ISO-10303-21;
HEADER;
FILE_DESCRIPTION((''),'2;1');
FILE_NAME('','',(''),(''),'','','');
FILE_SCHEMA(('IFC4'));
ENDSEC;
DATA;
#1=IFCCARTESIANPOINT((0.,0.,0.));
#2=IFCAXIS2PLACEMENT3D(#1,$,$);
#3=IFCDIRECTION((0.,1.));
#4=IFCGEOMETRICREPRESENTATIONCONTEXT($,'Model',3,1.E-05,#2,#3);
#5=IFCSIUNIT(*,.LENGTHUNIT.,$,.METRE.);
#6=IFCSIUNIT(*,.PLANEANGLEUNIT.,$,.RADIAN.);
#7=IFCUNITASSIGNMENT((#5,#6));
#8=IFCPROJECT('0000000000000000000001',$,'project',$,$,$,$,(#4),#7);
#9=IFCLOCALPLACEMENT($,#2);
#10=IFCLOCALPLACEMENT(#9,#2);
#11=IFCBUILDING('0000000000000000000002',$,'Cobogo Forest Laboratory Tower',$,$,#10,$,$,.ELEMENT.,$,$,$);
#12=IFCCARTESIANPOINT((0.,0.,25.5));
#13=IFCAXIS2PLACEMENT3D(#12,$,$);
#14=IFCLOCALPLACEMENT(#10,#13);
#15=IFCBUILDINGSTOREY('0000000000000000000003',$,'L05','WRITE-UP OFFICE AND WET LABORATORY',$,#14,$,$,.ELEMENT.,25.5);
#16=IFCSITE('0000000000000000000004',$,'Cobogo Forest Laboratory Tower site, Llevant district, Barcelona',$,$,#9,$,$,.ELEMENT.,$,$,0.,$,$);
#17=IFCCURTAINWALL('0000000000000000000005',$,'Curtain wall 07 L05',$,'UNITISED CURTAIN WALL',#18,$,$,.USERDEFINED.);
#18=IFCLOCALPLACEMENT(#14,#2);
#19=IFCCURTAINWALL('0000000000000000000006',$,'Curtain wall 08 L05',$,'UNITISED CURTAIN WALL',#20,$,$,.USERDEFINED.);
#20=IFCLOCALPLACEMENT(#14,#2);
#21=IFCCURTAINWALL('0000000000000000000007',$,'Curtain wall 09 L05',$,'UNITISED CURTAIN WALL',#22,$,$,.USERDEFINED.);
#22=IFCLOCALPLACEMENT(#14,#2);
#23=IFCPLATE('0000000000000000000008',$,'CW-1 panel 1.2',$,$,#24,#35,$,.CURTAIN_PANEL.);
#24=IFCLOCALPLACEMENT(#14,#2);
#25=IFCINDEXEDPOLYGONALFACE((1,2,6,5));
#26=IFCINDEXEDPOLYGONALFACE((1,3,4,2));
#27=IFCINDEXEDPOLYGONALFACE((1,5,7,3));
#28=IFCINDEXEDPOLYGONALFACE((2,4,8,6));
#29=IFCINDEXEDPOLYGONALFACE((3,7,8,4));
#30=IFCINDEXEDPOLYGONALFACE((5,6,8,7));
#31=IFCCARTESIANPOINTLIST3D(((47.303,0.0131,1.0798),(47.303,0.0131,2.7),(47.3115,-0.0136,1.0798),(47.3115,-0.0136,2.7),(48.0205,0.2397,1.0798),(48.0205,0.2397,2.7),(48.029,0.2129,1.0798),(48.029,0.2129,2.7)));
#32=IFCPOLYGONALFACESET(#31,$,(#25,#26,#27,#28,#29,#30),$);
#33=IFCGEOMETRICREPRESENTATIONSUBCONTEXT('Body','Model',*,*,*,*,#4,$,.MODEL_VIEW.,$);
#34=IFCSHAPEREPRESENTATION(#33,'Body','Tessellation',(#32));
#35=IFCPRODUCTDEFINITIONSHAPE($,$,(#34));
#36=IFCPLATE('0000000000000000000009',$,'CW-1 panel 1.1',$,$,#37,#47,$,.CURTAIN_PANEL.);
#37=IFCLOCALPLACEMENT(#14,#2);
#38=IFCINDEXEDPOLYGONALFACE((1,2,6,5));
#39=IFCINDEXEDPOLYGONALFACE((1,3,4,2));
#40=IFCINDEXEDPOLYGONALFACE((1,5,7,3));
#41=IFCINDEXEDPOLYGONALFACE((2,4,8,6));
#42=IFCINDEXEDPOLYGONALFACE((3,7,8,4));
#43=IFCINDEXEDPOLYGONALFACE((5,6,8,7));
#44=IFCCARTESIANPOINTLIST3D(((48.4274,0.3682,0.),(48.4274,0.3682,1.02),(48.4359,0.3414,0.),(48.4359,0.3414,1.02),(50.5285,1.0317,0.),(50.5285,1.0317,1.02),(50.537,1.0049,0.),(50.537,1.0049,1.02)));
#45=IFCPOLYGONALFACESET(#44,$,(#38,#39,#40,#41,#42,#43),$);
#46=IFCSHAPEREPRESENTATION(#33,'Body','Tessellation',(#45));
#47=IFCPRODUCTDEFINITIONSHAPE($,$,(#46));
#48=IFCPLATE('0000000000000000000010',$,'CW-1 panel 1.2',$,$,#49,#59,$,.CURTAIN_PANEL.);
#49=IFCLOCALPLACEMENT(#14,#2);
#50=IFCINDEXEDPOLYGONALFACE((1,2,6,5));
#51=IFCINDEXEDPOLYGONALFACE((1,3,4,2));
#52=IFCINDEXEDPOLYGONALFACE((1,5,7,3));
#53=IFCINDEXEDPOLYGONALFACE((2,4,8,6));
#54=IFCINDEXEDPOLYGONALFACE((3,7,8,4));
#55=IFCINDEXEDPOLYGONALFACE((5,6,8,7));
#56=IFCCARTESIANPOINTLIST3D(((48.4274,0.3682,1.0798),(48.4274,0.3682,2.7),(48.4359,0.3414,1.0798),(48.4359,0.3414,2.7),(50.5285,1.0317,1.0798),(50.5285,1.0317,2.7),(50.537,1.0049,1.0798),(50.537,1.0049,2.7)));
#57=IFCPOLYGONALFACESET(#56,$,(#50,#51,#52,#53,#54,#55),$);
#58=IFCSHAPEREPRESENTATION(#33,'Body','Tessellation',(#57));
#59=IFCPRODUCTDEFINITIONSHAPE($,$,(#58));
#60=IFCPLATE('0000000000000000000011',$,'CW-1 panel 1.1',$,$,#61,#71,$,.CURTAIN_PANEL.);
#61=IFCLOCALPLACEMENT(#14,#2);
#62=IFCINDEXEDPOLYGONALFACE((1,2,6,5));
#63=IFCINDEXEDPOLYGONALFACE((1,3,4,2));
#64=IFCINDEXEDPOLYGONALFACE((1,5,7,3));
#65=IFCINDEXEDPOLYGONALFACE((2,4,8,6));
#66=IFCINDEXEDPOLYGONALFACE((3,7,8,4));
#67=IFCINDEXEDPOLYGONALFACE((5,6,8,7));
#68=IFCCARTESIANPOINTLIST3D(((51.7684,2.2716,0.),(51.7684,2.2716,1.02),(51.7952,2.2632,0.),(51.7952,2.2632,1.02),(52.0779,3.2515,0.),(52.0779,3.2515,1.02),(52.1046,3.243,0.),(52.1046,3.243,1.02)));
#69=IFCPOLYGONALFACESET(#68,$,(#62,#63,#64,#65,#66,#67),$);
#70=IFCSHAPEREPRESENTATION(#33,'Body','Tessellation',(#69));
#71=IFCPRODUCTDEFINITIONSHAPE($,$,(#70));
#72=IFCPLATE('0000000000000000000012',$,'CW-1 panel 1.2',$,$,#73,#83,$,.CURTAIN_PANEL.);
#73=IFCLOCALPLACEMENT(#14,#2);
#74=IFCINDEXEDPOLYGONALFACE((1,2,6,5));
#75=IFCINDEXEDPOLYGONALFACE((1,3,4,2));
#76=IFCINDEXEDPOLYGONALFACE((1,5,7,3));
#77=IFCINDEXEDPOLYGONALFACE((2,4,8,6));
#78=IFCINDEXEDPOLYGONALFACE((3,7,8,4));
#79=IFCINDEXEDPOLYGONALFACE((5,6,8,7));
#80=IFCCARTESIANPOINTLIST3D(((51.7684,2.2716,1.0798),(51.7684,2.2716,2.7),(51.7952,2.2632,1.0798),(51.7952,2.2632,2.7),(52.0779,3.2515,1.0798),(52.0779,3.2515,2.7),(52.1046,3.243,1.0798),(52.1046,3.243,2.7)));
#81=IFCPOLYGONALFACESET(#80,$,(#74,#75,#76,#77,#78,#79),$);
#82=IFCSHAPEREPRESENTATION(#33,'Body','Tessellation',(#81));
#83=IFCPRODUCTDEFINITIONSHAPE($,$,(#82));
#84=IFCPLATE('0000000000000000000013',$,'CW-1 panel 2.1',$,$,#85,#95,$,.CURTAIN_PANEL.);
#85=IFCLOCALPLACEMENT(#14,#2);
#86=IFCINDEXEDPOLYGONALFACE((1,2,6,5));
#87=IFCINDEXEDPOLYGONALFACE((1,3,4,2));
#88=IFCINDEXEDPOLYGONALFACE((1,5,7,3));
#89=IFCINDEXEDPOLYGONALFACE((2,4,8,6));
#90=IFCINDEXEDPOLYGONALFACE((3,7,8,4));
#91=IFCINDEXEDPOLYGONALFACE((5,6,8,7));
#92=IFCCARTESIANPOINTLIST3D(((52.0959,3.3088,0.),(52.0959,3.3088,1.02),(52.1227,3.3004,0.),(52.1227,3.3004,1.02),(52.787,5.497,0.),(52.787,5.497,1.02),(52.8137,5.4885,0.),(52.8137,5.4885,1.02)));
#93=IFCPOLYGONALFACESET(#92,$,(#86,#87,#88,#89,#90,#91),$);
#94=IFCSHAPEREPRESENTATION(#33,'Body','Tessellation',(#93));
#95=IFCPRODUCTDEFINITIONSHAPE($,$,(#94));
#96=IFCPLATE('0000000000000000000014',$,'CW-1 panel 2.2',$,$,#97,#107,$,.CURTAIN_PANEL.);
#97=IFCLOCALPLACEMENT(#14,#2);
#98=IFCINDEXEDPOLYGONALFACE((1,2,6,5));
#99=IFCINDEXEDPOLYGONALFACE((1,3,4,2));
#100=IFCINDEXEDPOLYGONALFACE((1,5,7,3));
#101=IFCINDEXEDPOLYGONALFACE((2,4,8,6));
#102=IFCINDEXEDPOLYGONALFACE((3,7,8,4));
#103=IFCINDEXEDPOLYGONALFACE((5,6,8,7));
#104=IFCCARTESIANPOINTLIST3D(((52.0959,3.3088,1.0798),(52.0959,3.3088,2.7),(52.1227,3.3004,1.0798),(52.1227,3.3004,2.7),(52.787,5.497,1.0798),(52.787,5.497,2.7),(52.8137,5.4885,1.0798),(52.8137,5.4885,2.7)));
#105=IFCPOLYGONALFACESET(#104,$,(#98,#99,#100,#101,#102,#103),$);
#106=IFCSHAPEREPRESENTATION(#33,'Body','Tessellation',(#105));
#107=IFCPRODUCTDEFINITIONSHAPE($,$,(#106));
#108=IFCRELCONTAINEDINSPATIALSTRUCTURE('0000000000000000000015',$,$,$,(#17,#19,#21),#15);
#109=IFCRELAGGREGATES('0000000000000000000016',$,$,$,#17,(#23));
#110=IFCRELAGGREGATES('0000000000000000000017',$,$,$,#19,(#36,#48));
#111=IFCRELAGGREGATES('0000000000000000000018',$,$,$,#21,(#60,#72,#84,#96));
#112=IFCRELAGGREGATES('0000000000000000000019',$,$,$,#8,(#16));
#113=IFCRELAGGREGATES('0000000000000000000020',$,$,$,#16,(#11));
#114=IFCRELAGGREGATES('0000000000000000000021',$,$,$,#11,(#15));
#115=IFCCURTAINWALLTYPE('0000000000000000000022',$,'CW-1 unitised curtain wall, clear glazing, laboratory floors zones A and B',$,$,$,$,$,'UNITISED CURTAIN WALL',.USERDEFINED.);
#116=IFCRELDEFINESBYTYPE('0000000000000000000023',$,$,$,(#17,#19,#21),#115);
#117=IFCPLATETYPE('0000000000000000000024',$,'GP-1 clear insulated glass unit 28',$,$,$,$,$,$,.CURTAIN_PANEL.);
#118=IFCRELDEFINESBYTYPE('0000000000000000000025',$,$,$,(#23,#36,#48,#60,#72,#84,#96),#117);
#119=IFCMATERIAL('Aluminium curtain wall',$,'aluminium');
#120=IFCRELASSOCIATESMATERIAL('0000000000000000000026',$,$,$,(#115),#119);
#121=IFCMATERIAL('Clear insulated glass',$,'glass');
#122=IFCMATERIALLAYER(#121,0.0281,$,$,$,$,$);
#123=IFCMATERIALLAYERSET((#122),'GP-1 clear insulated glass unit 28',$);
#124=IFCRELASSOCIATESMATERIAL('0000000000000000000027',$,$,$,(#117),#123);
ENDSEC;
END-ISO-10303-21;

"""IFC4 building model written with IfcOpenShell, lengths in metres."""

from ifc_helpers import new_model, si_unit, direction, frame, origin, origin_2d, place, context, subcontext, project, spatial, rectangle, extrude, material, layer, layer_set, type_object, element, aggregate, save


model = new_model("IFC4")

# Units and contexts
model_context = context("Model", 3, precision=1e-05, world=origin(), true_north=direction((0.0, 1.0)))
body_context = subcontext(model_context, "Body", "Model", "MODEL_VIEW")
ifc_project = project(units=[si_unit("LENGTHUNIT", "METRE"), si_unit("PLANEANGLEUNIT", "RADIAN")], contexts=[model_context])

# Site, building, storey
site_placement = place(None, origin())
site = spatial("IfcSite", under=ifc_project, at=site_placement, Name="Cobogo Forest Laboratory Tower site, Llevant district, Barcelona", CompositionType="ELEMENT", RefElevation=0.0)
building_placement = place(site_placement, origin())
building = spatial("IfcBuilding", under=site, at=building_placement, Name="Cobogo Forest Laboratory Tower", CompositionType="ELEMENT")
storey_placement = place(building_placement, frame((0.0, 0.0, 25.5)))
storey = spatial("IfcBuildingStorey", under=building, at=storey_placement, Name="L05", Description="WRITE-UP OFFICE AND WET LABORATORY", CompositionType="ELEMENT", Elevation=25.5)

# Curtain walls
ifc_material_1 = material(Name="Aluminium curtain wall", Category="aluminium")
curtain_wall_type = type_object("IfcCurtainWallType", Name="CW-1 unitised curtain wall, clear glazing, laboratory floors zones A and B", ElementType="UNITISED CURTAIN WALL", PredefinedType="USERDEFINED", material=ifc_material_1)
curtain_wall_1_placement = place(storey_placement, origin())
curtain_wall_1 = element("IfcCurtainWall", 1, at=curtain_wall_1_placement, inside=storey, type_object=curtain_wall_type, Name="Curtain wall 07 L05", ObjectType="UNITISED CURTAIN WALL", PredefinedType="USERDEFINED")
curtain_wall_2_placement = place(storey_placement, origin())
curtain_wall_2 = element("IfcCurtainWall", 2, at=curtain_wall_2_placement, inside=storey, type_object=curtain_wall_type, Name="Curtain wall 08 L05", ObjectType="UNITISED CURTAIN WALL", PredefinedType="USERDEFINED")
curtain_wall_3_placement = place(storey_placement, origin())
curtain_wall_3 = element("IfcCurtainWall", 3, at=curtain_wall_3_placement, inside=storey, type_object=curtain_wall_type, Name="Curtain wall 09 L05", ObjectType="UNITISED CURTAIN WALL", PredefinedType="USERDEFINED")

# Plates
ifc_material_2 = material(Name="Clear insulated glass", Category="glass")
ifc_layer = layer(ifc_material_2, 0.0281)
ifc_layer_set = layer_set([ifc_layer], Name="GP-1 clear insulated glass unit 28")
plate_type = type_object("IfcPlateType", Name="GP-1 clear insulated glass unit 28", PredefinedType="CURTAIN_PANEL", material=ifc_layer_set)
plate_1_placement = place(storey_placement, frame((47.666, 0.113, 1.0798), z_axis=(0.0, 0.0, 1.0), x_axis=(0.953582, 0.301135, 0.0)))
plate_1 = element("IfcPlate", 4, at=plate_1_placement, type_object=plate_type, Name="CW-1 panel 1.2", PredefinedType="CURTAIN_PANEL", context=body_context, shape_type="SweptSolid", body=[
    extrude(rectangle(XDim=0.7524, YDim=0.0281, at=origin_2d()), origin(), (0.0, 0.0, 1.0), 1.6201),
])
aggregate(curtain_wall_1, [plate_1])
plate_2_placement = place(storey_placement, frame((49.4822, 0.6865, 0.0), z_axis=(0.0, 0.0, 1.0), x_axis=(0.953581, 0.301135, 0.0)))
plate_2 = element("IfcPlate", 5, at=plate_2_placement, type_object=plate_type, Name="CW-1 panel 1.1", PredefinedType="CURTAIN_PANEL", context=body_context, shape_type="SweptSolid", body=[
    extrude(rectangle(XDim=2.2034, YDim=0.0281, at=origin_2d()), origin(), (0.0, 0.0, 1.0), 1.02),
])
plate_3_placement = place(storey_placement, frame((49.4822, 0.6865, 1.0798), z_axis=(0.0, 0.0, 1.0), x_axis=(0.953581, 0.301135, 0.0)))
plate_3 = element("IfcPlate", 6, at=plate_3_placement, type_object=plate_type, Name="CW-1 panel 1.2", PredefinedType="CURTAIN_PANEL", context=body_context, shape_type="SweptSolid", body=[
    extrude(rectangle(XDim=2.2034, YDim=0.0281, at=origin_2d()), origin(), (0.0, 0.0, 1.0), 1.6201),
])
aggregate(curtain_wall_2, [plate_2, plate_3])
plate_4_placement = place(storey_placement, frame((51.9365, 2.7573, 0.0), z_axis=(0.0, 0.0, 1.0), x_axis=(0.301135, 0.953581, 0.0)))
plate_4 = element("IfcPlate", 7, at=plate_4_placement, type_object=plate_type, Name="CW-1 panel 1.1", PredefinedType="CURTAIN_PANEL", context=body_context, shape_type="SweptSolid", body=[
    extrude(rectangle(XDim=1.0276, YDim=0.0281, at=origin_2d()), origin(), (0.0, 0.0, 1.0), 1.02),
])
plate_5_placement = place(storey_placement, frame((51.9365, 2.7573, 1.0798), z_axis=(0.0, 0.0, 1.0), x_axis=(0.301135, 0.953581, 0.0)))
plate_5 = element("IfcPlate", 8, at=plate_5_placement, type_object=plate_type, Name="CW-1 panel 1.2", PredefinedType="CURTAIN_PANEL", context=body_context, shape_type="SweptSolid", body=[
    extrude(rectangle(XDim=1.0276, YDim=0.0281, at=origin_2d()), origin(), (0.0, 0.0, 1.0), 1.6201),
])
plate_6_placement = place(storey_placement, frame((52.4548, 4.3987, 0.0), z_axis=(0.0, 0.0, 1.0), x_axis=(0.301135, 0.953581, 0.0)))
plate_6 = element("IfcPlate", 9, at=plate_6_placement, type_object=plate_type, Name="CW-1 panel 2.1", PredefinedType="CURTAIN_PANEL", context=body_context, shape_type="SweptSolid", body=[
    extrude(rectangle(XDim=2.2947, YDim=0.0281, at=origin_2d()), origin(), (0.0, 0.0, 1.0), 1.02),
])
plate_7_placement = place(storey_placement, frame((52.4548, 4.3987, 1.0798), z_axis=(0.0, 0.0, 1.0), x_axis=(0.301135, 0.953581, 0.0)))
plate_7 = element("IfcPlate", 10, at=plate_7_placement, type_object=plate_type, Name="CW-1 panel 2.2", PredefinedType="CURTAIN_PANEL", context=body_context, shape_type="SweptSolid", body=[
    extrude(rectangle(XDim=2.2947, YDim=0.0281, at=origin_2d()), origin(), (0.0, 0.0, 1.0), 1.6201),
])
aggregate(curtain_wall_3, [plate_4, plate_5, plate_6, plate_7])

save(model, "model.ifc")
